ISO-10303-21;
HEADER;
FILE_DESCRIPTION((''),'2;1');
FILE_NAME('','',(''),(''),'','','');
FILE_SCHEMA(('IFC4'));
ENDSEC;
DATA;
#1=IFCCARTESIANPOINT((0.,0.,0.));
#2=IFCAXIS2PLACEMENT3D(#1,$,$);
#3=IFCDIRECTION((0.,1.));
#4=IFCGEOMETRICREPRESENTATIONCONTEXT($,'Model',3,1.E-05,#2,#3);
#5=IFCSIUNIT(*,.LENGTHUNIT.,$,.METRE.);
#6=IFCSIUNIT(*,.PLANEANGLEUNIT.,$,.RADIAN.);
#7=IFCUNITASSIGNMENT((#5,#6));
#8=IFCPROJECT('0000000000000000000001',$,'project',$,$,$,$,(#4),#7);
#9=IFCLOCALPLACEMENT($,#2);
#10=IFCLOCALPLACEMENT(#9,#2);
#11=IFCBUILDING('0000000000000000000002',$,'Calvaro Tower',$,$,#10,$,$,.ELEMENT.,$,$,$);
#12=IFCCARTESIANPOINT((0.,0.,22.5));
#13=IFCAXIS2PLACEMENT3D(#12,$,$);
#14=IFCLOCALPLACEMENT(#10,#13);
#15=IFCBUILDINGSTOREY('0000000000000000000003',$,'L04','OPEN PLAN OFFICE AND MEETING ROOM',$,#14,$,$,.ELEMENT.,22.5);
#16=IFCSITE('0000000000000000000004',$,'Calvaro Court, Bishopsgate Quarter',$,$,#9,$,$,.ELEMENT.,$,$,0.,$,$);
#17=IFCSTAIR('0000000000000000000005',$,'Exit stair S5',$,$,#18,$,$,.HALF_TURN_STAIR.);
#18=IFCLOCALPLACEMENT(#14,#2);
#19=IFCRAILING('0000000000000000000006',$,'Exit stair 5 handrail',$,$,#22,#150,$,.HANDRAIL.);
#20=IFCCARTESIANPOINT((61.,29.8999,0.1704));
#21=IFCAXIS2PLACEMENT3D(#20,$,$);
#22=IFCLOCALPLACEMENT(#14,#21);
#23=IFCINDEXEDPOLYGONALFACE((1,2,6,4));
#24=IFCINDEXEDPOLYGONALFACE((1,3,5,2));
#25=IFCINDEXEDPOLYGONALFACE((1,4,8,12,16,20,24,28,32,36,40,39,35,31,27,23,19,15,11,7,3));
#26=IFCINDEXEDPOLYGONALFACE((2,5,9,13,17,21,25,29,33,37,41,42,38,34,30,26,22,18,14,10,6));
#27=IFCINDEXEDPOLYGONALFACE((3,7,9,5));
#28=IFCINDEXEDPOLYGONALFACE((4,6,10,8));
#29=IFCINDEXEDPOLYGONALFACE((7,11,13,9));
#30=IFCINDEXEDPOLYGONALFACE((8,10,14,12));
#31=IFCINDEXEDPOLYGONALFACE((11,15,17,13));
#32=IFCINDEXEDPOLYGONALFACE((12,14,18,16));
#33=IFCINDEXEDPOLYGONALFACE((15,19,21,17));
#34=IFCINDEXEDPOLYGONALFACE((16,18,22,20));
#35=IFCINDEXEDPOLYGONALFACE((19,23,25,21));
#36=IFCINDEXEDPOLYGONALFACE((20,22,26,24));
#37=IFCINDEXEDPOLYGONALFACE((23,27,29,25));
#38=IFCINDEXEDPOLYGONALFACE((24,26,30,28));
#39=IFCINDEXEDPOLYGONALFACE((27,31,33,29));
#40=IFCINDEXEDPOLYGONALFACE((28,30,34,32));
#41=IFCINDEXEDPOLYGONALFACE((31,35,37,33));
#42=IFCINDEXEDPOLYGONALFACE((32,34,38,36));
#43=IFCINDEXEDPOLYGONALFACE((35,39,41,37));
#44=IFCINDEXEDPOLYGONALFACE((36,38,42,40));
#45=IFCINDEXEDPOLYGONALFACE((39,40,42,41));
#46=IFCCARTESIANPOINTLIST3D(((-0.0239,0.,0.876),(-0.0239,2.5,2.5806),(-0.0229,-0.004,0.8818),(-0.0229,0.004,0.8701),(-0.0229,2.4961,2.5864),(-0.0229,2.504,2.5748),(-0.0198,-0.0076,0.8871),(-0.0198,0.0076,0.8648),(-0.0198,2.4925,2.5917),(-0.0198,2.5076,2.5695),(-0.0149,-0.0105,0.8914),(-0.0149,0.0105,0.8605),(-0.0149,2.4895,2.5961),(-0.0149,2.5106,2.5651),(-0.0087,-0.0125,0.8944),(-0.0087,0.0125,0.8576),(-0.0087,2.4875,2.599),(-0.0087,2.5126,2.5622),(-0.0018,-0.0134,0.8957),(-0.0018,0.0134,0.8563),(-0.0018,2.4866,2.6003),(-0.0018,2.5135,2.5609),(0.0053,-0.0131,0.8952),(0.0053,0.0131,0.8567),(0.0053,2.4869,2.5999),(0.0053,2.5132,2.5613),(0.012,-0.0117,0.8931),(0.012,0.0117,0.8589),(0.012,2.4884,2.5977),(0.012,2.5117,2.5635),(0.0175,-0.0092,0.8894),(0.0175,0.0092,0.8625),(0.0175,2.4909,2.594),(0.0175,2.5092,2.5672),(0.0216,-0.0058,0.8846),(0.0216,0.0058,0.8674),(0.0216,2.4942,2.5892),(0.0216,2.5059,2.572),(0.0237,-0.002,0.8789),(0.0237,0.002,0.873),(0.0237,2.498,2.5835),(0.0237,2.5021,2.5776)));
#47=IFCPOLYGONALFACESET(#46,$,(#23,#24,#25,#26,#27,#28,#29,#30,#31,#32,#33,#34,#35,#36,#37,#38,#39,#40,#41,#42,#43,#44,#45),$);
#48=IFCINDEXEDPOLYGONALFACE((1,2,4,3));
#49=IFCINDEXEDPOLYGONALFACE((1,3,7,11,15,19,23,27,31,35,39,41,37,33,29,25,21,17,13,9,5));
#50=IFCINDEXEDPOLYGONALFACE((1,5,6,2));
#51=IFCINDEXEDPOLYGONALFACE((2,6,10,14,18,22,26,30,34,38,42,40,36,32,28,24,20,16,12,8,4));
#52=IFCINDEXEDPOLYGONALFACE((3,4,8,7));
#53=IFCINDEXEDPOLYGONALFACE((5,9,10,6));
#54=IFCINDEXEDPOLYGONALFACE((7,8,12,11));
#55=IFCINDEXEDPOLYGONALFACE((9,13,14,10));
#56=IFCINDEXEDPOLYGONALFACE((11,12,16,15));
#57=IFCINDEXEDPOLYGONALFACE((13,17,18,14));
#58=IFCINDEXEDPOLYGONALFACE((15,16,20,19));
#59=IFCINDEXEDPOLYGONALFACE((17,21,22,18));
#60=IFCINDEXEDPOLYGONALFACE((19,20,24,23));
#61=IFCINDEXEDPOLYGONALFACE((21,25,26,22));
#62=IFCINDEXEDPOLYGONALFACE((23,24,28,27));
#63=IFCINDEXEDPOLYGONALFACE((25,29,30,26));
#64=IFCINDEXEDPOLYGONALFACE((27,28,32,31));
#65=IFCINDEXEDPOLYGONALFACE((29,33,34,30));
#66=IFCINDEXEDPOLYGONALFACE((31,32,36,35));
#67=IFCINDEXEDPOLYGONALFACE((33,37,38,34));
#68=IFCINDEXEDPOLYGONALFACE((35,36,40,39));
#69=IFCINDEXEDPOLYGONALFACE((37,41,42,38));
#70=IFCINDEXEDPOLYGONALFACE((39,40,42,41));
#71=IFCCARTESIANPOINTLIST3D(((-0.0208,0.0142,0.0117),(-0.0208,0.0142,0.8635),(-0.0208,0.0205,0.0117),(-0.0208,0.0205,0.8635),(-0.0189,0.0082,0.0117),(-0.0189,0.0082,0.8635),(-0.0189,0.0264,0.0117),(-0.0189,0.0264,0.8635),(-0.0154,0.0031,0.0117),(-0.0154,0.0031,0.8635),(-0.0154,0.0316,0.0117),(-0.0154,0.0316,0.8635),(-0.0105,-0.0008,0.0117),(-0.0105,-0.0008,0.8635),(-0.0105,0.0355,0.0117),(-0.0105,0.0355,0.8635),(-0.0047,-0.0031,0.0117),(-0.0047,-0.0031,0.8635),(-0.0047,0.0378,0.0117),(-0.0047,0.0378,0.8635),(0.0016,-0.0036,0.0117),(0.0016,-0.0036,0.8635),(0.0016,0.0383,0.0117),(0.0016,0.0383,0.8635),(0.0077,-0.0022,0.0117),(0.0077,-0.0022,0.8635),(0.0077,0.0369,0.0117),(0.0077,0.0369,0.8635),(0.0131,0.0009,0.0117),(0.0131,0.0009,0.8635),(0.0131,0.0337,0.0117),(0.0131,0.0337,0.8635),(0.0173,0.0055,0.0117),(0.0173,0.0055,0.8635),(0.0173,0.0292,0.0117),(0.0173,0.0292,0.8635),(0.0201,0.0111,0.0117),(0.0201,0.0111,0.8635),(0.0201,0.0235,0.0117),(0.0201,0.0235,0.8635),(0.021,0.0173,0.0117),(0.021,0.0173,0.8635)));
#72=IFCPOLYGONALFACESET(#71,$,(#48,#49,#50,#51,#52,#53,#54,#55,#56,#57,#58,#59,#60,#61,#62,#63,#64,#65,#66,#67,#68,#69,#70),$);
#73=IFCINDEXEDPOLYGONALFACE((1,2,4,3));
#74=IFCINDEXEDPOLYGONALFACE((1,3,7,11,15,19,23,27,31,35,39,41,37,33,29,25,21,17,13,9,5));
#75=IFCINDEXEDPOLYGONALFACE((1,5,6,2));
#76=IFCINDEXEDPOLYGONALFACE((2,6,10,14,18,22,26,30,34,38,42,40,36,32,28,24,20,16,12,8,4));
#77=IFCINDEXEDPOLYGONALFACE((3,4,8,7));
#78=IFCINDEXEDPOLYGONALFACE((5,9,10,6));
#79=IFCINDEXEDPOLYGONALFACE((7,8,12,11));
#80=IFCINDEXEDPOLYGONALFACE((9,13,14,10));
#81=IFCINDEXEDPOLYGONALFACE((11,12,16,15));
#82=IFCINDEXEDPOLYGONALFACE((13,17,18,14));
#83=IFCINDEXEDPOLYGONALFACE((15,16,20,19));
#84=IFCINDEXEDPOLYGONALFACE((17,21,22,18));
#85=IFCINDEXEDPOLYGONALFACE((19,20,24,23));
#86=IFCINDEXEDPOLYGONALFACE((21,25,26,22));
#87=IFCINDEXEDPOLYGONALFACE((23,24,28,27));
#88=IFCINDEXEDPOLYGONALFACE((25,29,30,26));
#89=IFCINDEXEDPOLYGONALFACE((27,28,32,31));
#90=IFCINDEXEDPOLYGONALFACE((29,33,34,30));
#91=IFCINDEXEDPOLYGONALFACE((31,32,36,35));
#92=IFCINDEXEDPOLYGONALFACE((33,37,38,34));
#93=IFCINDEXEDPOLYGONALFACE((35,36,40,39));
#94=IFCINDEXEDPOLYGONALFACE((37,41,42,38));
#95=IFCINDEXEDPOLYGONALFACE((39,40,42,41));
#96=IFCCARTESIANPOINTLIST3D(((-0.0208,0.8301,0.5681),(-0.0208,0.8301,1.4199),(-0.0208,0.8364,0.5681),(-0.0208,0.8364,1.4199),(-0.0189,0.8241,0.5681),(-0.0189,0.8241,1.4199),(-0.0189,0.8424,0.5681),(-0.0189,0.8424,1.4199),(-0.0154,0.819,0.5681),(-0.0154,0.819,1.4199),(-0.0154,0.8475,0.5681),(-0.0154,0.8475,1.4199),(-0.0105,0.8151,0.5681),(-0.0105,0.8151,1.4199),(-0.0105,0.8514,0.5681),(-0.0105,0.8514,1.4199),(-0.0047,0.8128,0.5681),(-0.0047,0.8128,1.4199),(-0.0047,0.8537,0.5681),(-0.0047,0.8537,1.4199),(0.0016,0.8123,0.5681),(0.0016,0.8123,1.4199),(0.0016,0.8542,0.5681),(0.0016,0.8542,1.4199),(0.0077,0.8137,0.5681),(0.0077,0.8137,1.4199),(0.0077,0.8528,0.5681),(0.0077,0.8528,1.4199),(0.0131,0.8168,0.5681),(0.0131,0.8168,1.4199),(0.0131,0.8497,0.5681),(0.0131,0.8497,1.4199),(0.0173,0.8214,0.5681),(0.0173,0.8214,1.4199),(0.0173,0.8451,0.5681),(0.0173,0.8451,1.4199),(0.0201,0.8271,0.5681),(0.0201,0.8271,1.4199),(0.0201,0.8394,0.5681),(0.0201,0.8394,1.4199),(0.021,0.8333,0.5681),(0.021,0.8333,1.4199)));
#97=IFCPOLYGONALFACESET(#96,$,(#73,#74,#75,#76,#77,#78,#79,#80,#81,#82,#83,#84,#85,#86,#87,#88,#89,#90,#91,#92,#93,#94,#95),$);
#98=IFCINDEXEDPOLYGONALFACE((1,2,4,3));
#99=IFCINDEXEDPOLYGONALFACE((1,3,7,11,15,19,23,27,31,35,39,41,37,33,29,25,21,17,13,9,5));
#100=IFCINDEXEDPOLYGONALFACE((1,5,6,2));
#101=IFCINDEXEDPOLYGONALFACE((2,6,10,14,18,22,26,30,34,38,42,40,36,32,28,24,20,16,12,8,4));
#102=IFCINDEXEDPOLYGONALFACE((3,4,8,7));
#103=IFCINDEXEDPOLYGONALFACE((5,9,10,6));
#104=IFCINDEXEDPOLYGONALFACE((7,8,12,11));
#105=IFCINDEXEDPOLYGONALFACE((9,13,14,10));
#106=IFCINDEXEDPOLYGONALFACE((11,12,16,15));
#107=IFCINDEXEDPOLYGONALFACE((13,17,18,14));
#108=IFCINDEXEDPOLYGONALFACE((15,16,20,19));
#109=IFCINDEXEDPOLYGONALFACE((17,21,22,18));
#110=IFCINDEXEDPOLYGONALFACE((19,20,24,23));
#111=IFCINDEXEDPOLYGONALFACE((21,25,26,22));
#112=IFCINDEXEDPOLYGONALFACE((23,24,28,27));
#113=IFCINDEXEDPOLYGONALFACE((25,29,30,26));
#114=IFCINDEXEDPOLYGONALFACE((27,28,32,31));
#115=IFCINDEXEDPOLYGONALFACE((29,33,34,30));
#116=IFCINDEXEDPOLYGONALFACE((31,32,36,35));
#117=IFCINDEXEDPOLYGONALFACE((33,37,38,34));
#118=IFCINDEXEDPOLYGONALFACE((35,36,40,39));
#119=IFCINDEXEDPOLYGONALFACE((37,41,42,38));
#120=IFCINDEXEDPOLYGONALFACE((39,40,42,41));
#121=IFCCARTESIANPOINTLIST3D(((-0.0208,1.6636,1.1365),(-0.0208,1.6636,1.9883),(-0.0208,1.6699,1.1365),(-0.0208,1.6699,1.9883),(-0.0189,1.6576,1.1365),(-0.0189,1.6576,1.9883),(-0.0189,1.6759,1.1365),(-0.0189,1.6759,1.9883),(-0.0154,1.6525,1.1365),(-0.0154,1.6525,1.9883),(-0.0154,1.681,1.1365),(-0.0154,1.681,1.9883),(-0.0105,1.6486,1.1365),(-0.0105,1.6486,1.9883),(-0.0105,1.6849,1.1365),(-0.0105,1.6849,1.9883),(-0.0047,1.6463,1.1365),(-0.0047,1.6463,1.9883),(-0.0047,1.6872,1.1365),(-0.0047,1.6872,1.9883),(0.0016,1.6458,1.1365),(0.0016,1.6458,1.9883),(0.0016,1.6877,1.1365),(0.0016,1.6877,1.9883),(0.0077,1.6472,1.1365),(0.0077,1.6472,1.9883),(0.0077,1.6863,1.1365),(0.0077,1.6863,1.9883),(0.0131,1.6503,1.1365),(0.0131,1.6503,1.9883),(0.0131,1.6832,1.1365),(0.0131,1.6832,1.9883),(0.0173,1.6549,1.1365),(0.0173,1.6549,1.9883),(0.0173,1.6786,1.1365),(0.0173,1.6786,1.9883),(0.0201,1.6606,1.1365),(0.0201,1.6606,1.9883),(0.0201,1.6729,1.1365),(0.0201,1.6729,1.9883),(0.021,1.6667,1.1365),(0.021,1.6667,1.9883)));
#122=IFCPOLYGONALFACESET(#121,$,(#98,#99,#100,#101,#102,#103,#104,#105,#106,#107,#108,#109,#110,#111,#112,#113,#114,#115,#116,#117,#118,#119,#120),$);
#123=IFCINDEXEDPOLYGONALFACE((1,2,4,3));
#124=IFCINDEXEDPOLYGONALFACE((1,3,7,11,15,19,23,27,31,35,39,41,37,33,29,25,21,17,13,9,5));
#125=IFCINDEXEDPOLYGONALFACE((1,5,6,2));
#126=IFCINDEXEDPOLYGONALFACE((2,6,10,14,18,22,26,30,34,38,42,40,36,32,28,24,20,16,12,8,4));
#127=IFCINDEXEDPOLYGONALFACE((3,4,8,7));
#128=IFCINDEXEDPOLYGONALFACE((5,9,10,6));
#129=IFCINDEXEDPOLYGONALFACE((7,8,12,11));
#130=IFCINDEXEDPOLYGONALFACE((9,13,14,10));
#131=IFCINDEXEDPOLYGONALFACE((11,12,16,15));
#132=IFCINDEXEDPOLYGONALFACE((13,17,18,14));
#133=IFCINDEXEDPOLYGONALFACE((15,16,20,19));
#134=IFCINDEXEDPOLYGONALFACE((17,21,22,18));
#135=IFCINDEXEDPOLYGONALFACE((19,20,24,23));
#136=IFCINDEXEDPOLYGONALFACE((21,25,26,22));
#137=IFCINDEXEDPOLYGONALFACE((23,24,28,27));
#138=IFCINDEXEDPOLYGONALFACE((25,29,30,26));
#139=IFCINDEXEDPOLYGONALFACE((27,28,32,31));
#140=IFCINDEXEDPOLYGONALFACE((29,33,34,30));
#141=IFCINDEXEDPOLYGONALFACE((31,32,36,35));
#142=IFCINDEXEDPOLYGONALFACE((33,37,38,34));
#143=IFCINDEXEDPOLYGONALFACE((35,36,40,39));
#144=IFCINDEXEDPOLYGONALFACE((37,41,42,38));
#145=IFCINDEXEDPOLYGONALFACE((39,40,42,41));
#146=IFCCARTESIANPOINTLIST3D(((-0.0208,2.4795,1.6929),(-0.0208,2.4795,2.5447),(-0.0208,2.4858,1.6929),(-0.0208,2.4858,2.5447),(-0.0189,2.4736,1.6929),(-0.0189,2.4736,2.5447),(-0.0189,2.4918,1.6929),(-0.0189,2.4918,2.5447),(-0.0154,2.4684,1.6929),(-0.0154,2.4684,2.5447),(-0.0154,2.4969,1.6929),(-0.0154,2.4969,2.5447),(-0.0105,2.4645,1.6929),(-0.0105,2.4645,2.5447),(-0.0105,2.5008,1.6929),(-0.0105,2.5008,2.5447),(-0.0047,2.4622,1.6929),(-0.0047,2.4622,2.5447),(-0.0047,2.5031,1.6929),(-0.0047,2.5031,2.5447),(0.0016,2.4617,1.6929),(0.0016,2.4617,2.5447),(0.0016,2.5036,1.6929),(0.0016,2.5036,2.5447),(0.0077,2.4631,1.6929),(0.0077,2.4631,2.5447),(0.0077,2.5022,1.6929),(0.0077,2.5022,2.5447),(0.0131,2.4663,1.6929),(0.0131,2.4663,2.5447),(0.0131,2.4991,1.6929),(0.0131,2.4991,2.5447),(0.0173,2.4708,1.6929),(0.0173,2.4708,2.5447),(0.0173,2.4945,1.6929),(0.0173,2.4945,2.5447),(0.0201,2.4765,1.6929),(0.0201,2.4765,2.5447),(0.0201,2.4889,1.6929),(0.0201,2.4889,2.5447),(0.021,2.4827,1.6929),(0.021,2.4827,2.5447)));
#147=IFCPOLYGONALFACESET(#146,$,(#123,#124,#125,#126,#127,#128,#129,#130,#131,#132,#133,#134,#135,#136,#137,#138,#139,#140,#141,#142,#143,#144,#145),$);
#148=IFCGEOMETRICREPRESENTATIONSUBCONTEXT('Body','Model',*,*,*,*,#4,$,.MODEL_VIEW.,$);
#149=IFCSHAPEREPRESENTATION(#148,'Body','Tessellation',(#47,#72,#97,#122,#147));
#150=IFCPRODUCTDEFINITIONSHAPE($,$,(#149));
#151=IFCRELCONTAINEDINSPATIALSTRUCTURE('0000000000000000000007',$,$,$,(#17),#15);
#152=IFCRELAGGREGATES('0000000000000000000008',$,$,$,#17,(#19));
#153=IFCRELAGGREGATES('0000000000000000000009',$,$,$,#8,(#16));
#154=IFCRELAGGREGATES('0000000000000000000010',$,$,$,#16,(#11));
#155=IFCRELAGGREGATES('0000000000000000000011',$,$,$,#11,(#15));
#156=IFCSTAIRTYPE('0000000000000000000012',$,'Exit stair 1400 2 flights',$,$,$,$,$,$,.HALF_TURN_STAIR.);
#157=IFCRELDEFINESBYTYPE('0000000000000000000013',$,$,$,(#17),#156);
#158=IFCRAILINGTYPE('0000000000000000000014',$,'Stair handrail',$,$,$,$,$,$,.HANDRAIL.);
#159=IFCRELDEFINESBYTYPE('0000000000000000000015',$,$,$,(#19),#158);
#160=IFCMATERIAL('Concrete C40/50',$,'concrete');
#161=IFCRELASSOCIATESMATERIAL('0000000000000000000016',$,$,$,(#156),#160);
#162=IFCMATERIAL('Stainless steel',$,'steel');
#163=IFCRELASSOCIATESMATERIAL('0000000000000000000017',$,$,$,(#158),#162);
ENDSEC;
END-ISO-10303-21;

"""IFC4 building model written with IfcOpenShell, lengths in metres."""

from ifc_helpers import new_model, si_unit, direction, frame, origin, origin_2d, place, context, subcontext, project, spatial, circle, extrude, material, type_object, element, aggregate, save


model = new_model("IFC4")

# Units and contexts
model_context = context("Model", 3, precision=1e-05, world=origin(), true_north=direction((0.0, 1.0)))
body_context = subcontext(model_context, "Body", "Model", "MODEL_VIEW")
ifc_project = project(units=[si_unit("LENGTHUNIT", "METRE"), si_unit("PLANEANGLEUNIT", "RADIAN")], contexts=[model_context])

# Site, building, storey
site_placement = place(None, origin())
site = spatial("IfcSite", under=ifc_project, at=site_placement, Name="Calvaro Court, Bishopsgate Quarter", CompositionType="ELEMENT", RefElevation=0.0)
building_placement = place(site_placement, origin())
building = spatial("IfcBuilding", under=site, at=building_placement, Name="Calvaro Tower", CompositionType="ELEMENT")
storey_placement = place(building_placement, frame((0.0, 0.0, 22.5)))
storey = spatial("IfcBuildingStorey", under=building, at=storey_placement, Name="L04", Description="OPEN PLAN OFFICE AND MEETING ROOM", CompositionType="ELEMENT", Elevation=22.5)

# Stair, railing
ifc_material_1 = material(Name="Concrete C40/50", Category="concrete")
stair_type = type_object("IfcStairType", Name="Exit stair 1400 2 flights", PredefinedType="HALF_TURN_STAIR", material=ifc_material_1)
stair_placement = place(storey_placement, origin())
stair = element("IfcStair", 1, at=stair_placement, inside=storey, type_object=stair_type, Name="Exit stair S5", PredefinedType="HALF_TURN_STAIR")
ifc_material_2 = material(Name="Stainless steel", Category="steel")
railing_type = type_object("IfcRailingType", Name="Stair handrail", PredefinedType="HANDRAIL", material=ifc_material_2)
railing_placement = place(storey_placement, frame((61.0, 29.8999, 0.1704)))
railing = element("IfcRailing", 2, at=railing_placement, type_object=railing_type, Name="Exit stair 5 handrail", PredefinedType="HANDRAIL", context=body_context, shape_type="SweptSolid", body=[
    extrude(circle(Radius=0.0239, at=origin_2d()), frame((0.0, 0.0, 0.876), z_axis=(0.0, 0.826221, 0.563347), x_axis=(-1.0, 0.0, 0.0)), (0.0, 0.0, 1.0), 3.0259),
    extrude(circle(Radius=0.021, at=origin_2d()), frame((0.0, 0.0173, 0.0117)), (0.0, 0.0, 1.0), 0.8518),
    extrude(circle(Radius=0.021, at=origin_2d()), frame((0.0, 0.8333, 0.5681)), (0.0, 0.0, 1.0), 0.8518),
    extrude(circle(Radius=0.021, at=origin_2d()), frame((0.0, 1.6667, 1.1365)), (0.0, 0.0, 1.0), 0.8518),
    extrude(circle(Radius=0.021, at=origin_2d()), frame((0.0, 2.4827, 1.6929)), (0.0, 0.0, 1.0), 0.8518),
])
aggregate(stair, [railing])

save(model, "model.ifc")
